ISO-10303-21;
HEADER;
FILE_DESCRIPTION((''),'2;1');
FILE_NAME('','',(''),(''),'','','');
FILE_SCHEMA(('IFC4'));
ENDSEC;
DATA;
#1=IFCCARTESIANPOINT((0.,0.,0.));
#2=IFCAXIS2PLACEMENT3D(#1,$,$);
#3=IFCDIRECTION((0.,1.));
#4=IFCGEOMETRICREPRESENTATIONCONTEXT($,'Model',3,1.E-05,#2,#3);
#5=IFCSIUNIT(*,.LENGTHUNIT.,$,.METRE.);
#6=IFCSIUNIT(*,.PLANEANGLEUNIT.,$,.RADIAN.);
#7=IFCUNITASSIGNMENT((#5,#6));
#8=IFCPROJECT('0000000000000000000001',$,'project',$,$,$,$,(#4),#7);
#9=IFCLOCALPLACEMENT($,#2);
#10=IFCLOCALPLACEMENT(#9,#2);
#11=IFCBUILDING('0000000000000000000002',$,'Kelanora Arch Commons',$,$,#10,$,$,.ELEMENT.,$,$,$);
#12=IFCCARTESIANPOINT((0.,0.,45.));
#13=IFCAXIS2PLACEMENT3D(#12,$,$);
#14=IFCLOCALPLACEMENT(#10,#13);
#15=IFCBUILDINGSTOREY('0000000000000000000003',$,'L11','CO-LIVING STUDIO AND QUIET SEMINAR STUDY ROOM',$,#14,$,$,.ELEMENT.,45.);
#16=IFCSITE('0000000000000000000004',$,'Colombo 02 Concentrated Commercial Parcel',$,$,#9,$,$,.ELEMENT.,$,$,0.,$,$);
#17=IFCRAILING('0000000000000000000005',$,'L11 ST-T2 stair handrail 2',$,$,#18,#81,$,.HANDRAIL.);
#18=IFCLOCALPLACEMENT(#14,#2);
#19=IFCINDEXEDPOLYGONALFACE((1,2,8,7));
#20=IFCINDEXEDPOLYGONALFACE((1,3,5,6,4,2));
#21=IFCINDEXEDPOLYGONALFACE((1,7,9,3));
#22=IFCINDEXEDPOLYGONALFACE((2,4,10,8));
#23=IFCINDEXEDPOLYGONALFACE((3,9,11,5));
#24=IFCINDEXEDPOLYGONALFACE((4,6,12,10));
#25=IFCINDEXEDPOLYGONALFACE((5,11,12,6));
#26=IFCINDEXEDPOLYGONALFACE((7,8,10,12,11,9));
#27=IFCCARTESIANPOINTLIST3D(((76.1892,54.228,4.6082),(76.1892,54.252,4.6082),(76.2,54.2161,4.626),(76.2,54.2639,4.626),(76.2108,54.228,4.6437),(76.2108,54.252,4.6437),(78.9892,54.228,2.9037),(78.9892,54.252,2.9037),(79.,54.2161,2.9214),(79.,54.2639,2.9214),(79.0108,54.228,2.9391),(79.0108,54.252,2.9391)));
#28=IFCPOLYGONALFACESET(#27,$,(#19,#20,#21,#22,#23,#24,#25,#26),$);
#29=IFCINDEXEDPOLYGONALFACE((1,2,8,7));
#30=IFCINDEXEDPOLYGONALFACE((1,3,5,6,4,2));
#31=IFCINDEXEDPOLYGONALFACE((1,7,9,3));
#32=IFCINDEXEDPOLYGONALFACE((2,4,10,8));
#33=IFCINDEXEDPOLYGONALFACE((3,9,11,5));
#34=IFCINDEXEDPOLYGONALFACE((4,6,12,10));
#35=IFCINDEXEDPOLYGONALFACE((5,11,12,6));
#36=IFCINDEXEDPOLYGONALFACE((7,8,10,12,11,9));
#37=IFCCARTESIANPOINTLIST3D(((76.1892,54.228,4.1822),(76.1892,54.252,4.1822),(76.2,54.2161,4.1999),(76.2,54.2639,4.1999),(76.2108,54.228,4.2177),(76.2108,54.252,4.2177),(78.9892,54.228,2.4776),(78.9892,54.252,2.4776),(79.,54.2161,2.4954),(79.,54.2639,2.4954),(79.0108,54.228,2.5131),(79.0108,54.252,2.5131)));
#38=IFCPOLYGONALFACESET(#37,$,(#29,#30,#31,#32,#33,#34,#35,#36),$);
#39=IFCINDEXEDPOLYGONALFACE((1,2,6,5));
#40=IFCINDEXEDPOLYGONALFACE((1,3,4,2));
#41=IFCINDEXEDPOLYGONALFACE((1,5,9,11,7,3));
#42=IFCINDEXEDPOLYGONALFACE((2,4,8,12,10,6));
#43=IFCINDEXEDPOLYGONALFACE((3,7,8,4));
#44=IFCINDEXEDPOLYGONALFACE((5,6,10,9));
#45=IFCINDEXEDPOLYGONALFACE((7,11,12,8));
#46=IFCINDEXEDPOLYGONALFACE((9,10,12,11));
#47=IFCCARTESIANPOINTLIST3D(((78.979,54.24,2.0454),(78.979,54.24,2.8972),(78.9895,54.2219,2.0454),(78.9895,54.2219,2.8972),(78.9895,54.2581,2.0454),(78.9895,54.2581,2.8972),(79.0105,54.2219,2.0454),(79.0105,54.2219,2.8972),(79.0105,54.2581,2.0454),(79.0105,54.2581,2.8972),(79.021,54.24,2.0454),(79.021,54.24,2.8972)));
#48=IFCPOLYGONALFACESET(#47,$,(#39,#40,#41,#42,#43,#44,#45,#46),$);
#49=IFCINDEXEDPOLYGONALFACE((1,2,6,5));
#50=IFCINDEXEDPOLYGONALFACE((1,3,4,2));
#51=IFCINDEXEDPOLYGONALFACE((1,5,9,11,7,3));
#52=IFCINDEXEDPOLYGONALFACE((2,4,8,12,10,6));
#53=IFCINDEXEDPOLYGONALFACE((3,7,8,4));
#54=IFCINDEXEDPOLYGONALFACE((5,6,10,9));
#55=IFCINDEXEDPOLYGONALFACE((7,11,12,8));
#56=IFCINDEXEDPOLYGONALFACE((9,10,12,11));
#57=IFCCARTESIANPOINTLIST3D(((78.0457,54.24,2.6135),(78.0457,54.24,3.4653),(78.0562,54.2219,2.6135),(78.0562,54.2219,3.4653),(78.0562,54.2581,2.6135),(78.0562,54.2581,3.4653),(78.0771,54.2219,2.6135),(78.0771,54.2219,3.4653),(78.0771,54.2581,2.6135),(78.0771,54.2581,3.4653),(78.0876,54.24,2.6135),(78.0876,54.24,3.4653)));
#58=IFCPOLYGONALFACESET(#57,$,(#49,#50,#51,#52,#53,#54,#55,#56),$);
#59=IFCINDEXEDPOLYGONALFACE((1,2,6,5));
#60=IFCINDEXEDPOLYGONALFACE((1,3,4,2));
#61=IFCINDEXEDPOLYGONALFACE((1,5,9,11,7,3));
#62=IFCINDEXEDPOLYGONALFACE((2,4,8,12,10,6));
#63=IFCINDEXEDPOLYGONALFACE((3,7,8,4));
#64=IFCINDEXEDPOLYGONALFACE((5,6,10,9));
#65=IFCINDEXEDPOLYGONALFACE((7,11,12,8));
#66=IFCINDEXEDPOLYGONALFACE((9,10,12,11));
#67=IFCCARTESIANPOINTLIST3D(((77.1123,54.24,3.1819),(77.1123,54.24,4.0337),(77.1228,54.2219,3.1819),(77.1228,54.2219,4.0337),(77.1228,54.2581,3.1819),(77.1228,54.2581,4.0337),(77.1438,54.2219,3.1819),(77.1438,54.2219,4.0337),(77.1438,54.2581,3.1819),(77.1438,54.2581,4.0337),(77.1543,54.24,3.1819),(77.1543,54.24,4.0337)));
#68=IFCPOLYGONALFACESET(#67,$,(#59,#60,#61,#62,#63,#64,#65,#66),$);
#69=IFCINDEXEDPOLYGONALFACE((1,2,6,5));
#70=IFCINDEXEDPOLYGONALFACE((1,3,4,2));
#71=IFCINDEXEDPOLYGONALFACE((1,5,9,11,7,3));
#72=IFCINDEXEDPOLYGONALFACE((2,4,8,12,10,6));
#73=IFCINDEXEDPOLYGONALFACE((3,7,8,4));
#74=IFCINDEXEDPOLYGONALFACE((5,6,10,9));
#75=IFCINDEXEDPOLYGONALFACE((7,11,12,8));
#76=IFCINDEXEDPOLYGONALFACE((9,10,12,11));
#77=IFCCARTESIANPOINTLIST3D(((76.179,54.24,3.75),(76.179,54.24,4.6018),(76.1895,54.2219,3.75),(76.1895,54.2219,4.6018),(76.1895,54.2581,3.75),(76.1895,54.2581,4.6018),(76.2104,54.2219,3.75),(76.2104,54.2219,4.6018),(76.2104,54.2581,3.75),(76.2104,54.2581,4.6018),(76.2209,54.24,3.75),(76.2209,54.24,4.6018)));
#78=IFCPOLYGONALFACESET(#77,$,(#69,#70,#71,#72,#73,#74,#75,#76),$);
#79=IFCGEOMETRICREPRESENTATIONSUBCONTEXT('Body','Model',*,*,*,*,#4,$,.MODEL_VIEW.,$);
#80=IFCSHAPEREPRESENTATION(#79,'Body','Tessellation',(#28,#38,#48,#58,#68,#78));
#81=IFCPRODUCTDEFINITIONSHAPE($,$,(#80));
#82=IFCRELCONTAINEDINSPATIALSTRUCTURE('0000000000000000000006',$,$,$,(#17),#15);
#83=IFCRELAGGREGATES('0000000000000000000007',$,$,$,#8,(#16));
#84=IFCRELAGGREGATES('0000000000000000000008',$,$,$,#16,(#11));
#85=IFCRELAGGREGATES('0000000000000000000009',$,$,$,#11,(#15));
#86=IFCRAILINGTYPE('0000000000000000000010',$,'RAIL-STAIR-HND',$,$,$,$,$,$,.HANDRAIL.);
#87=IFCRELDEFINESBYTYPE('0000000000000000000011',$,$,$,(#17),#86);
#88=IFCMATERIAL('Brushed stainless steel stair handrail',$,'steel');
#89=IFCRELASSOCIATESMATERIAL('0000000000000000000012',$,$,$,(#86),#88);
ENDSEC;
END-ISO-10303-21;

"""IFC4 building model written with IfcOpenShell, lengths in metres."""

from ifc_helpers import new_model, si_unit, direction, frame, origin, place, context, subcontext, project, spatial, polyline, outline, extrude, material, type_object, element, save


model = new_model("IFC4")

# Units and contexts
model_context = context("Model", 3, precision=1e-05, world=origin(), true_north=direction((0.0, 1.0)))
body_context = subcontext(model_context, "Body", "Model", "MODEL_VIEW")
ifc_project = project(units=[si_unit("LENGTHUNIT", "METRE"), si_unit("PLANEANGLEUNIT", "RADIAN")], contexts=[model_context])

# Site, building, storey
site_placement = place(None, origin())
site = spatial("IfcSite", under=ifc_project, at=site_placement, Name="Colombo 02 Concentrated Commercial Parcel", CompositionType="ELEMENT", RefElevation=0.0)
building_placement = place(site_placement, origin())
building = spatial("IfcBuilding", under=site, at=building_placement, Name="Kelanora Arch Commons", CompositionType="ELEMENT")
storey_placement = place(building_placement, frame((0.0, 0.0, 45.0)))
storey = spatial("IfcBuildingStorey", under=building, at=storey_placement, Name="L11", Description="CO-LIVING STUDIO AND QUIET SEMINAR STUDY ROOM", CompositionType="ELEMENT", Elevation=45.0)

# Railing
ifc_material_1 = material(Name="Brushed stainless steel stair handrail", Category="steel")
railing_type_1 = type_object("IfcRailingType", Name="RAIL-STAIR-HND", PredefinedType="HANDRAIL", material=ifc_material_1)
railing_1_placement = place(storey_placement, frame((79.0, 54.24, 2.0454)))
element("IfcRailing", 1, at=railing_1_placement, inside=storey, type_object=railing_type_1, Name="L11 ST-T2 stair handrail 2", PredefinedType="HANDRAIL", context=body_context, shape_type="SweptSolid", body=[
    extrude(outline(polyline([(0.0239, 0.0), (0.012, 0.0208), (-0.012, 0.0208), (-0.0239, 0.0), (-0.012, -0.0208), (0.012, -0.0208), (0.0239, 0.0)])), frame((0.0, 0.0, 0.876), z_axis=(-0.85417, 0.0, 0.519994), x_axis=(0.0, -1.0, 0.0)), (0.0, 0.0, 1.0), 3.2781),
    extrude(outline(polyline([(0.0239, 0.0), (0.012, 0.0208), (-0.012, 0.0208), (-0.0239, 0.0), (-0.012, -0.0208), (0.012, -0.0208), (0.0239, 0.0)])), frame((0.0, 0.0, 0.45), z_axis=(-0.85417, 0.0, 0.519994), x_axis=(0.0, -1.0, 0.0)), (0.0, 0.0, 1.0), 3.2781),
    extrude(outline(polyline([(0.021, 0.0), (0.0105, 0.0181), (-0.0105, 0.0181), (-0.021, 0.0), (-0.0105, -0.0181), (0.0105, -0.0181), (0.021, 0.0)])), origin(), (0.0, 0.0, 1.0), 0.8518),
    extrude(outline(polyline([(0.021, 0.0), (0.0105, 0.0181), (-0.0105, 0.0181), (-0.021, 0.0), (-0.0105, -0.0181), (0.0105, -0.0181), (0.021, 0.0)])), frame((-0.9333, 0.0, 0.5681)), (0.0, 0.0, 1.0), 0.8518),
    extrude(outline(polyline([(0.021, 0.0), (0.0105, 0.0181), (-0.0105, 0.0181), (-0.021, 0.0), (-0.0105, -0.0181), (0.0105, -0.0181), (0.021, 0.0)])), frame((-1.8667, 0.0, 1.1365)), (0.0, 0.0, 1.0), 0.8518),
    extrude(outline(polyline([(0.021, 0.0), (0.0105, 0.0181), (-0.0105, 0.0181), (-0.021, 0.0), (-0.0105, -0.0181), (0.0105, -0.0181), (0.021, 0.0)])), frame((-2.8, 0.0, 1.7046)), (0.0, 0.0, 1.0), 0.8518),
])

save(model, "model.ifc")
